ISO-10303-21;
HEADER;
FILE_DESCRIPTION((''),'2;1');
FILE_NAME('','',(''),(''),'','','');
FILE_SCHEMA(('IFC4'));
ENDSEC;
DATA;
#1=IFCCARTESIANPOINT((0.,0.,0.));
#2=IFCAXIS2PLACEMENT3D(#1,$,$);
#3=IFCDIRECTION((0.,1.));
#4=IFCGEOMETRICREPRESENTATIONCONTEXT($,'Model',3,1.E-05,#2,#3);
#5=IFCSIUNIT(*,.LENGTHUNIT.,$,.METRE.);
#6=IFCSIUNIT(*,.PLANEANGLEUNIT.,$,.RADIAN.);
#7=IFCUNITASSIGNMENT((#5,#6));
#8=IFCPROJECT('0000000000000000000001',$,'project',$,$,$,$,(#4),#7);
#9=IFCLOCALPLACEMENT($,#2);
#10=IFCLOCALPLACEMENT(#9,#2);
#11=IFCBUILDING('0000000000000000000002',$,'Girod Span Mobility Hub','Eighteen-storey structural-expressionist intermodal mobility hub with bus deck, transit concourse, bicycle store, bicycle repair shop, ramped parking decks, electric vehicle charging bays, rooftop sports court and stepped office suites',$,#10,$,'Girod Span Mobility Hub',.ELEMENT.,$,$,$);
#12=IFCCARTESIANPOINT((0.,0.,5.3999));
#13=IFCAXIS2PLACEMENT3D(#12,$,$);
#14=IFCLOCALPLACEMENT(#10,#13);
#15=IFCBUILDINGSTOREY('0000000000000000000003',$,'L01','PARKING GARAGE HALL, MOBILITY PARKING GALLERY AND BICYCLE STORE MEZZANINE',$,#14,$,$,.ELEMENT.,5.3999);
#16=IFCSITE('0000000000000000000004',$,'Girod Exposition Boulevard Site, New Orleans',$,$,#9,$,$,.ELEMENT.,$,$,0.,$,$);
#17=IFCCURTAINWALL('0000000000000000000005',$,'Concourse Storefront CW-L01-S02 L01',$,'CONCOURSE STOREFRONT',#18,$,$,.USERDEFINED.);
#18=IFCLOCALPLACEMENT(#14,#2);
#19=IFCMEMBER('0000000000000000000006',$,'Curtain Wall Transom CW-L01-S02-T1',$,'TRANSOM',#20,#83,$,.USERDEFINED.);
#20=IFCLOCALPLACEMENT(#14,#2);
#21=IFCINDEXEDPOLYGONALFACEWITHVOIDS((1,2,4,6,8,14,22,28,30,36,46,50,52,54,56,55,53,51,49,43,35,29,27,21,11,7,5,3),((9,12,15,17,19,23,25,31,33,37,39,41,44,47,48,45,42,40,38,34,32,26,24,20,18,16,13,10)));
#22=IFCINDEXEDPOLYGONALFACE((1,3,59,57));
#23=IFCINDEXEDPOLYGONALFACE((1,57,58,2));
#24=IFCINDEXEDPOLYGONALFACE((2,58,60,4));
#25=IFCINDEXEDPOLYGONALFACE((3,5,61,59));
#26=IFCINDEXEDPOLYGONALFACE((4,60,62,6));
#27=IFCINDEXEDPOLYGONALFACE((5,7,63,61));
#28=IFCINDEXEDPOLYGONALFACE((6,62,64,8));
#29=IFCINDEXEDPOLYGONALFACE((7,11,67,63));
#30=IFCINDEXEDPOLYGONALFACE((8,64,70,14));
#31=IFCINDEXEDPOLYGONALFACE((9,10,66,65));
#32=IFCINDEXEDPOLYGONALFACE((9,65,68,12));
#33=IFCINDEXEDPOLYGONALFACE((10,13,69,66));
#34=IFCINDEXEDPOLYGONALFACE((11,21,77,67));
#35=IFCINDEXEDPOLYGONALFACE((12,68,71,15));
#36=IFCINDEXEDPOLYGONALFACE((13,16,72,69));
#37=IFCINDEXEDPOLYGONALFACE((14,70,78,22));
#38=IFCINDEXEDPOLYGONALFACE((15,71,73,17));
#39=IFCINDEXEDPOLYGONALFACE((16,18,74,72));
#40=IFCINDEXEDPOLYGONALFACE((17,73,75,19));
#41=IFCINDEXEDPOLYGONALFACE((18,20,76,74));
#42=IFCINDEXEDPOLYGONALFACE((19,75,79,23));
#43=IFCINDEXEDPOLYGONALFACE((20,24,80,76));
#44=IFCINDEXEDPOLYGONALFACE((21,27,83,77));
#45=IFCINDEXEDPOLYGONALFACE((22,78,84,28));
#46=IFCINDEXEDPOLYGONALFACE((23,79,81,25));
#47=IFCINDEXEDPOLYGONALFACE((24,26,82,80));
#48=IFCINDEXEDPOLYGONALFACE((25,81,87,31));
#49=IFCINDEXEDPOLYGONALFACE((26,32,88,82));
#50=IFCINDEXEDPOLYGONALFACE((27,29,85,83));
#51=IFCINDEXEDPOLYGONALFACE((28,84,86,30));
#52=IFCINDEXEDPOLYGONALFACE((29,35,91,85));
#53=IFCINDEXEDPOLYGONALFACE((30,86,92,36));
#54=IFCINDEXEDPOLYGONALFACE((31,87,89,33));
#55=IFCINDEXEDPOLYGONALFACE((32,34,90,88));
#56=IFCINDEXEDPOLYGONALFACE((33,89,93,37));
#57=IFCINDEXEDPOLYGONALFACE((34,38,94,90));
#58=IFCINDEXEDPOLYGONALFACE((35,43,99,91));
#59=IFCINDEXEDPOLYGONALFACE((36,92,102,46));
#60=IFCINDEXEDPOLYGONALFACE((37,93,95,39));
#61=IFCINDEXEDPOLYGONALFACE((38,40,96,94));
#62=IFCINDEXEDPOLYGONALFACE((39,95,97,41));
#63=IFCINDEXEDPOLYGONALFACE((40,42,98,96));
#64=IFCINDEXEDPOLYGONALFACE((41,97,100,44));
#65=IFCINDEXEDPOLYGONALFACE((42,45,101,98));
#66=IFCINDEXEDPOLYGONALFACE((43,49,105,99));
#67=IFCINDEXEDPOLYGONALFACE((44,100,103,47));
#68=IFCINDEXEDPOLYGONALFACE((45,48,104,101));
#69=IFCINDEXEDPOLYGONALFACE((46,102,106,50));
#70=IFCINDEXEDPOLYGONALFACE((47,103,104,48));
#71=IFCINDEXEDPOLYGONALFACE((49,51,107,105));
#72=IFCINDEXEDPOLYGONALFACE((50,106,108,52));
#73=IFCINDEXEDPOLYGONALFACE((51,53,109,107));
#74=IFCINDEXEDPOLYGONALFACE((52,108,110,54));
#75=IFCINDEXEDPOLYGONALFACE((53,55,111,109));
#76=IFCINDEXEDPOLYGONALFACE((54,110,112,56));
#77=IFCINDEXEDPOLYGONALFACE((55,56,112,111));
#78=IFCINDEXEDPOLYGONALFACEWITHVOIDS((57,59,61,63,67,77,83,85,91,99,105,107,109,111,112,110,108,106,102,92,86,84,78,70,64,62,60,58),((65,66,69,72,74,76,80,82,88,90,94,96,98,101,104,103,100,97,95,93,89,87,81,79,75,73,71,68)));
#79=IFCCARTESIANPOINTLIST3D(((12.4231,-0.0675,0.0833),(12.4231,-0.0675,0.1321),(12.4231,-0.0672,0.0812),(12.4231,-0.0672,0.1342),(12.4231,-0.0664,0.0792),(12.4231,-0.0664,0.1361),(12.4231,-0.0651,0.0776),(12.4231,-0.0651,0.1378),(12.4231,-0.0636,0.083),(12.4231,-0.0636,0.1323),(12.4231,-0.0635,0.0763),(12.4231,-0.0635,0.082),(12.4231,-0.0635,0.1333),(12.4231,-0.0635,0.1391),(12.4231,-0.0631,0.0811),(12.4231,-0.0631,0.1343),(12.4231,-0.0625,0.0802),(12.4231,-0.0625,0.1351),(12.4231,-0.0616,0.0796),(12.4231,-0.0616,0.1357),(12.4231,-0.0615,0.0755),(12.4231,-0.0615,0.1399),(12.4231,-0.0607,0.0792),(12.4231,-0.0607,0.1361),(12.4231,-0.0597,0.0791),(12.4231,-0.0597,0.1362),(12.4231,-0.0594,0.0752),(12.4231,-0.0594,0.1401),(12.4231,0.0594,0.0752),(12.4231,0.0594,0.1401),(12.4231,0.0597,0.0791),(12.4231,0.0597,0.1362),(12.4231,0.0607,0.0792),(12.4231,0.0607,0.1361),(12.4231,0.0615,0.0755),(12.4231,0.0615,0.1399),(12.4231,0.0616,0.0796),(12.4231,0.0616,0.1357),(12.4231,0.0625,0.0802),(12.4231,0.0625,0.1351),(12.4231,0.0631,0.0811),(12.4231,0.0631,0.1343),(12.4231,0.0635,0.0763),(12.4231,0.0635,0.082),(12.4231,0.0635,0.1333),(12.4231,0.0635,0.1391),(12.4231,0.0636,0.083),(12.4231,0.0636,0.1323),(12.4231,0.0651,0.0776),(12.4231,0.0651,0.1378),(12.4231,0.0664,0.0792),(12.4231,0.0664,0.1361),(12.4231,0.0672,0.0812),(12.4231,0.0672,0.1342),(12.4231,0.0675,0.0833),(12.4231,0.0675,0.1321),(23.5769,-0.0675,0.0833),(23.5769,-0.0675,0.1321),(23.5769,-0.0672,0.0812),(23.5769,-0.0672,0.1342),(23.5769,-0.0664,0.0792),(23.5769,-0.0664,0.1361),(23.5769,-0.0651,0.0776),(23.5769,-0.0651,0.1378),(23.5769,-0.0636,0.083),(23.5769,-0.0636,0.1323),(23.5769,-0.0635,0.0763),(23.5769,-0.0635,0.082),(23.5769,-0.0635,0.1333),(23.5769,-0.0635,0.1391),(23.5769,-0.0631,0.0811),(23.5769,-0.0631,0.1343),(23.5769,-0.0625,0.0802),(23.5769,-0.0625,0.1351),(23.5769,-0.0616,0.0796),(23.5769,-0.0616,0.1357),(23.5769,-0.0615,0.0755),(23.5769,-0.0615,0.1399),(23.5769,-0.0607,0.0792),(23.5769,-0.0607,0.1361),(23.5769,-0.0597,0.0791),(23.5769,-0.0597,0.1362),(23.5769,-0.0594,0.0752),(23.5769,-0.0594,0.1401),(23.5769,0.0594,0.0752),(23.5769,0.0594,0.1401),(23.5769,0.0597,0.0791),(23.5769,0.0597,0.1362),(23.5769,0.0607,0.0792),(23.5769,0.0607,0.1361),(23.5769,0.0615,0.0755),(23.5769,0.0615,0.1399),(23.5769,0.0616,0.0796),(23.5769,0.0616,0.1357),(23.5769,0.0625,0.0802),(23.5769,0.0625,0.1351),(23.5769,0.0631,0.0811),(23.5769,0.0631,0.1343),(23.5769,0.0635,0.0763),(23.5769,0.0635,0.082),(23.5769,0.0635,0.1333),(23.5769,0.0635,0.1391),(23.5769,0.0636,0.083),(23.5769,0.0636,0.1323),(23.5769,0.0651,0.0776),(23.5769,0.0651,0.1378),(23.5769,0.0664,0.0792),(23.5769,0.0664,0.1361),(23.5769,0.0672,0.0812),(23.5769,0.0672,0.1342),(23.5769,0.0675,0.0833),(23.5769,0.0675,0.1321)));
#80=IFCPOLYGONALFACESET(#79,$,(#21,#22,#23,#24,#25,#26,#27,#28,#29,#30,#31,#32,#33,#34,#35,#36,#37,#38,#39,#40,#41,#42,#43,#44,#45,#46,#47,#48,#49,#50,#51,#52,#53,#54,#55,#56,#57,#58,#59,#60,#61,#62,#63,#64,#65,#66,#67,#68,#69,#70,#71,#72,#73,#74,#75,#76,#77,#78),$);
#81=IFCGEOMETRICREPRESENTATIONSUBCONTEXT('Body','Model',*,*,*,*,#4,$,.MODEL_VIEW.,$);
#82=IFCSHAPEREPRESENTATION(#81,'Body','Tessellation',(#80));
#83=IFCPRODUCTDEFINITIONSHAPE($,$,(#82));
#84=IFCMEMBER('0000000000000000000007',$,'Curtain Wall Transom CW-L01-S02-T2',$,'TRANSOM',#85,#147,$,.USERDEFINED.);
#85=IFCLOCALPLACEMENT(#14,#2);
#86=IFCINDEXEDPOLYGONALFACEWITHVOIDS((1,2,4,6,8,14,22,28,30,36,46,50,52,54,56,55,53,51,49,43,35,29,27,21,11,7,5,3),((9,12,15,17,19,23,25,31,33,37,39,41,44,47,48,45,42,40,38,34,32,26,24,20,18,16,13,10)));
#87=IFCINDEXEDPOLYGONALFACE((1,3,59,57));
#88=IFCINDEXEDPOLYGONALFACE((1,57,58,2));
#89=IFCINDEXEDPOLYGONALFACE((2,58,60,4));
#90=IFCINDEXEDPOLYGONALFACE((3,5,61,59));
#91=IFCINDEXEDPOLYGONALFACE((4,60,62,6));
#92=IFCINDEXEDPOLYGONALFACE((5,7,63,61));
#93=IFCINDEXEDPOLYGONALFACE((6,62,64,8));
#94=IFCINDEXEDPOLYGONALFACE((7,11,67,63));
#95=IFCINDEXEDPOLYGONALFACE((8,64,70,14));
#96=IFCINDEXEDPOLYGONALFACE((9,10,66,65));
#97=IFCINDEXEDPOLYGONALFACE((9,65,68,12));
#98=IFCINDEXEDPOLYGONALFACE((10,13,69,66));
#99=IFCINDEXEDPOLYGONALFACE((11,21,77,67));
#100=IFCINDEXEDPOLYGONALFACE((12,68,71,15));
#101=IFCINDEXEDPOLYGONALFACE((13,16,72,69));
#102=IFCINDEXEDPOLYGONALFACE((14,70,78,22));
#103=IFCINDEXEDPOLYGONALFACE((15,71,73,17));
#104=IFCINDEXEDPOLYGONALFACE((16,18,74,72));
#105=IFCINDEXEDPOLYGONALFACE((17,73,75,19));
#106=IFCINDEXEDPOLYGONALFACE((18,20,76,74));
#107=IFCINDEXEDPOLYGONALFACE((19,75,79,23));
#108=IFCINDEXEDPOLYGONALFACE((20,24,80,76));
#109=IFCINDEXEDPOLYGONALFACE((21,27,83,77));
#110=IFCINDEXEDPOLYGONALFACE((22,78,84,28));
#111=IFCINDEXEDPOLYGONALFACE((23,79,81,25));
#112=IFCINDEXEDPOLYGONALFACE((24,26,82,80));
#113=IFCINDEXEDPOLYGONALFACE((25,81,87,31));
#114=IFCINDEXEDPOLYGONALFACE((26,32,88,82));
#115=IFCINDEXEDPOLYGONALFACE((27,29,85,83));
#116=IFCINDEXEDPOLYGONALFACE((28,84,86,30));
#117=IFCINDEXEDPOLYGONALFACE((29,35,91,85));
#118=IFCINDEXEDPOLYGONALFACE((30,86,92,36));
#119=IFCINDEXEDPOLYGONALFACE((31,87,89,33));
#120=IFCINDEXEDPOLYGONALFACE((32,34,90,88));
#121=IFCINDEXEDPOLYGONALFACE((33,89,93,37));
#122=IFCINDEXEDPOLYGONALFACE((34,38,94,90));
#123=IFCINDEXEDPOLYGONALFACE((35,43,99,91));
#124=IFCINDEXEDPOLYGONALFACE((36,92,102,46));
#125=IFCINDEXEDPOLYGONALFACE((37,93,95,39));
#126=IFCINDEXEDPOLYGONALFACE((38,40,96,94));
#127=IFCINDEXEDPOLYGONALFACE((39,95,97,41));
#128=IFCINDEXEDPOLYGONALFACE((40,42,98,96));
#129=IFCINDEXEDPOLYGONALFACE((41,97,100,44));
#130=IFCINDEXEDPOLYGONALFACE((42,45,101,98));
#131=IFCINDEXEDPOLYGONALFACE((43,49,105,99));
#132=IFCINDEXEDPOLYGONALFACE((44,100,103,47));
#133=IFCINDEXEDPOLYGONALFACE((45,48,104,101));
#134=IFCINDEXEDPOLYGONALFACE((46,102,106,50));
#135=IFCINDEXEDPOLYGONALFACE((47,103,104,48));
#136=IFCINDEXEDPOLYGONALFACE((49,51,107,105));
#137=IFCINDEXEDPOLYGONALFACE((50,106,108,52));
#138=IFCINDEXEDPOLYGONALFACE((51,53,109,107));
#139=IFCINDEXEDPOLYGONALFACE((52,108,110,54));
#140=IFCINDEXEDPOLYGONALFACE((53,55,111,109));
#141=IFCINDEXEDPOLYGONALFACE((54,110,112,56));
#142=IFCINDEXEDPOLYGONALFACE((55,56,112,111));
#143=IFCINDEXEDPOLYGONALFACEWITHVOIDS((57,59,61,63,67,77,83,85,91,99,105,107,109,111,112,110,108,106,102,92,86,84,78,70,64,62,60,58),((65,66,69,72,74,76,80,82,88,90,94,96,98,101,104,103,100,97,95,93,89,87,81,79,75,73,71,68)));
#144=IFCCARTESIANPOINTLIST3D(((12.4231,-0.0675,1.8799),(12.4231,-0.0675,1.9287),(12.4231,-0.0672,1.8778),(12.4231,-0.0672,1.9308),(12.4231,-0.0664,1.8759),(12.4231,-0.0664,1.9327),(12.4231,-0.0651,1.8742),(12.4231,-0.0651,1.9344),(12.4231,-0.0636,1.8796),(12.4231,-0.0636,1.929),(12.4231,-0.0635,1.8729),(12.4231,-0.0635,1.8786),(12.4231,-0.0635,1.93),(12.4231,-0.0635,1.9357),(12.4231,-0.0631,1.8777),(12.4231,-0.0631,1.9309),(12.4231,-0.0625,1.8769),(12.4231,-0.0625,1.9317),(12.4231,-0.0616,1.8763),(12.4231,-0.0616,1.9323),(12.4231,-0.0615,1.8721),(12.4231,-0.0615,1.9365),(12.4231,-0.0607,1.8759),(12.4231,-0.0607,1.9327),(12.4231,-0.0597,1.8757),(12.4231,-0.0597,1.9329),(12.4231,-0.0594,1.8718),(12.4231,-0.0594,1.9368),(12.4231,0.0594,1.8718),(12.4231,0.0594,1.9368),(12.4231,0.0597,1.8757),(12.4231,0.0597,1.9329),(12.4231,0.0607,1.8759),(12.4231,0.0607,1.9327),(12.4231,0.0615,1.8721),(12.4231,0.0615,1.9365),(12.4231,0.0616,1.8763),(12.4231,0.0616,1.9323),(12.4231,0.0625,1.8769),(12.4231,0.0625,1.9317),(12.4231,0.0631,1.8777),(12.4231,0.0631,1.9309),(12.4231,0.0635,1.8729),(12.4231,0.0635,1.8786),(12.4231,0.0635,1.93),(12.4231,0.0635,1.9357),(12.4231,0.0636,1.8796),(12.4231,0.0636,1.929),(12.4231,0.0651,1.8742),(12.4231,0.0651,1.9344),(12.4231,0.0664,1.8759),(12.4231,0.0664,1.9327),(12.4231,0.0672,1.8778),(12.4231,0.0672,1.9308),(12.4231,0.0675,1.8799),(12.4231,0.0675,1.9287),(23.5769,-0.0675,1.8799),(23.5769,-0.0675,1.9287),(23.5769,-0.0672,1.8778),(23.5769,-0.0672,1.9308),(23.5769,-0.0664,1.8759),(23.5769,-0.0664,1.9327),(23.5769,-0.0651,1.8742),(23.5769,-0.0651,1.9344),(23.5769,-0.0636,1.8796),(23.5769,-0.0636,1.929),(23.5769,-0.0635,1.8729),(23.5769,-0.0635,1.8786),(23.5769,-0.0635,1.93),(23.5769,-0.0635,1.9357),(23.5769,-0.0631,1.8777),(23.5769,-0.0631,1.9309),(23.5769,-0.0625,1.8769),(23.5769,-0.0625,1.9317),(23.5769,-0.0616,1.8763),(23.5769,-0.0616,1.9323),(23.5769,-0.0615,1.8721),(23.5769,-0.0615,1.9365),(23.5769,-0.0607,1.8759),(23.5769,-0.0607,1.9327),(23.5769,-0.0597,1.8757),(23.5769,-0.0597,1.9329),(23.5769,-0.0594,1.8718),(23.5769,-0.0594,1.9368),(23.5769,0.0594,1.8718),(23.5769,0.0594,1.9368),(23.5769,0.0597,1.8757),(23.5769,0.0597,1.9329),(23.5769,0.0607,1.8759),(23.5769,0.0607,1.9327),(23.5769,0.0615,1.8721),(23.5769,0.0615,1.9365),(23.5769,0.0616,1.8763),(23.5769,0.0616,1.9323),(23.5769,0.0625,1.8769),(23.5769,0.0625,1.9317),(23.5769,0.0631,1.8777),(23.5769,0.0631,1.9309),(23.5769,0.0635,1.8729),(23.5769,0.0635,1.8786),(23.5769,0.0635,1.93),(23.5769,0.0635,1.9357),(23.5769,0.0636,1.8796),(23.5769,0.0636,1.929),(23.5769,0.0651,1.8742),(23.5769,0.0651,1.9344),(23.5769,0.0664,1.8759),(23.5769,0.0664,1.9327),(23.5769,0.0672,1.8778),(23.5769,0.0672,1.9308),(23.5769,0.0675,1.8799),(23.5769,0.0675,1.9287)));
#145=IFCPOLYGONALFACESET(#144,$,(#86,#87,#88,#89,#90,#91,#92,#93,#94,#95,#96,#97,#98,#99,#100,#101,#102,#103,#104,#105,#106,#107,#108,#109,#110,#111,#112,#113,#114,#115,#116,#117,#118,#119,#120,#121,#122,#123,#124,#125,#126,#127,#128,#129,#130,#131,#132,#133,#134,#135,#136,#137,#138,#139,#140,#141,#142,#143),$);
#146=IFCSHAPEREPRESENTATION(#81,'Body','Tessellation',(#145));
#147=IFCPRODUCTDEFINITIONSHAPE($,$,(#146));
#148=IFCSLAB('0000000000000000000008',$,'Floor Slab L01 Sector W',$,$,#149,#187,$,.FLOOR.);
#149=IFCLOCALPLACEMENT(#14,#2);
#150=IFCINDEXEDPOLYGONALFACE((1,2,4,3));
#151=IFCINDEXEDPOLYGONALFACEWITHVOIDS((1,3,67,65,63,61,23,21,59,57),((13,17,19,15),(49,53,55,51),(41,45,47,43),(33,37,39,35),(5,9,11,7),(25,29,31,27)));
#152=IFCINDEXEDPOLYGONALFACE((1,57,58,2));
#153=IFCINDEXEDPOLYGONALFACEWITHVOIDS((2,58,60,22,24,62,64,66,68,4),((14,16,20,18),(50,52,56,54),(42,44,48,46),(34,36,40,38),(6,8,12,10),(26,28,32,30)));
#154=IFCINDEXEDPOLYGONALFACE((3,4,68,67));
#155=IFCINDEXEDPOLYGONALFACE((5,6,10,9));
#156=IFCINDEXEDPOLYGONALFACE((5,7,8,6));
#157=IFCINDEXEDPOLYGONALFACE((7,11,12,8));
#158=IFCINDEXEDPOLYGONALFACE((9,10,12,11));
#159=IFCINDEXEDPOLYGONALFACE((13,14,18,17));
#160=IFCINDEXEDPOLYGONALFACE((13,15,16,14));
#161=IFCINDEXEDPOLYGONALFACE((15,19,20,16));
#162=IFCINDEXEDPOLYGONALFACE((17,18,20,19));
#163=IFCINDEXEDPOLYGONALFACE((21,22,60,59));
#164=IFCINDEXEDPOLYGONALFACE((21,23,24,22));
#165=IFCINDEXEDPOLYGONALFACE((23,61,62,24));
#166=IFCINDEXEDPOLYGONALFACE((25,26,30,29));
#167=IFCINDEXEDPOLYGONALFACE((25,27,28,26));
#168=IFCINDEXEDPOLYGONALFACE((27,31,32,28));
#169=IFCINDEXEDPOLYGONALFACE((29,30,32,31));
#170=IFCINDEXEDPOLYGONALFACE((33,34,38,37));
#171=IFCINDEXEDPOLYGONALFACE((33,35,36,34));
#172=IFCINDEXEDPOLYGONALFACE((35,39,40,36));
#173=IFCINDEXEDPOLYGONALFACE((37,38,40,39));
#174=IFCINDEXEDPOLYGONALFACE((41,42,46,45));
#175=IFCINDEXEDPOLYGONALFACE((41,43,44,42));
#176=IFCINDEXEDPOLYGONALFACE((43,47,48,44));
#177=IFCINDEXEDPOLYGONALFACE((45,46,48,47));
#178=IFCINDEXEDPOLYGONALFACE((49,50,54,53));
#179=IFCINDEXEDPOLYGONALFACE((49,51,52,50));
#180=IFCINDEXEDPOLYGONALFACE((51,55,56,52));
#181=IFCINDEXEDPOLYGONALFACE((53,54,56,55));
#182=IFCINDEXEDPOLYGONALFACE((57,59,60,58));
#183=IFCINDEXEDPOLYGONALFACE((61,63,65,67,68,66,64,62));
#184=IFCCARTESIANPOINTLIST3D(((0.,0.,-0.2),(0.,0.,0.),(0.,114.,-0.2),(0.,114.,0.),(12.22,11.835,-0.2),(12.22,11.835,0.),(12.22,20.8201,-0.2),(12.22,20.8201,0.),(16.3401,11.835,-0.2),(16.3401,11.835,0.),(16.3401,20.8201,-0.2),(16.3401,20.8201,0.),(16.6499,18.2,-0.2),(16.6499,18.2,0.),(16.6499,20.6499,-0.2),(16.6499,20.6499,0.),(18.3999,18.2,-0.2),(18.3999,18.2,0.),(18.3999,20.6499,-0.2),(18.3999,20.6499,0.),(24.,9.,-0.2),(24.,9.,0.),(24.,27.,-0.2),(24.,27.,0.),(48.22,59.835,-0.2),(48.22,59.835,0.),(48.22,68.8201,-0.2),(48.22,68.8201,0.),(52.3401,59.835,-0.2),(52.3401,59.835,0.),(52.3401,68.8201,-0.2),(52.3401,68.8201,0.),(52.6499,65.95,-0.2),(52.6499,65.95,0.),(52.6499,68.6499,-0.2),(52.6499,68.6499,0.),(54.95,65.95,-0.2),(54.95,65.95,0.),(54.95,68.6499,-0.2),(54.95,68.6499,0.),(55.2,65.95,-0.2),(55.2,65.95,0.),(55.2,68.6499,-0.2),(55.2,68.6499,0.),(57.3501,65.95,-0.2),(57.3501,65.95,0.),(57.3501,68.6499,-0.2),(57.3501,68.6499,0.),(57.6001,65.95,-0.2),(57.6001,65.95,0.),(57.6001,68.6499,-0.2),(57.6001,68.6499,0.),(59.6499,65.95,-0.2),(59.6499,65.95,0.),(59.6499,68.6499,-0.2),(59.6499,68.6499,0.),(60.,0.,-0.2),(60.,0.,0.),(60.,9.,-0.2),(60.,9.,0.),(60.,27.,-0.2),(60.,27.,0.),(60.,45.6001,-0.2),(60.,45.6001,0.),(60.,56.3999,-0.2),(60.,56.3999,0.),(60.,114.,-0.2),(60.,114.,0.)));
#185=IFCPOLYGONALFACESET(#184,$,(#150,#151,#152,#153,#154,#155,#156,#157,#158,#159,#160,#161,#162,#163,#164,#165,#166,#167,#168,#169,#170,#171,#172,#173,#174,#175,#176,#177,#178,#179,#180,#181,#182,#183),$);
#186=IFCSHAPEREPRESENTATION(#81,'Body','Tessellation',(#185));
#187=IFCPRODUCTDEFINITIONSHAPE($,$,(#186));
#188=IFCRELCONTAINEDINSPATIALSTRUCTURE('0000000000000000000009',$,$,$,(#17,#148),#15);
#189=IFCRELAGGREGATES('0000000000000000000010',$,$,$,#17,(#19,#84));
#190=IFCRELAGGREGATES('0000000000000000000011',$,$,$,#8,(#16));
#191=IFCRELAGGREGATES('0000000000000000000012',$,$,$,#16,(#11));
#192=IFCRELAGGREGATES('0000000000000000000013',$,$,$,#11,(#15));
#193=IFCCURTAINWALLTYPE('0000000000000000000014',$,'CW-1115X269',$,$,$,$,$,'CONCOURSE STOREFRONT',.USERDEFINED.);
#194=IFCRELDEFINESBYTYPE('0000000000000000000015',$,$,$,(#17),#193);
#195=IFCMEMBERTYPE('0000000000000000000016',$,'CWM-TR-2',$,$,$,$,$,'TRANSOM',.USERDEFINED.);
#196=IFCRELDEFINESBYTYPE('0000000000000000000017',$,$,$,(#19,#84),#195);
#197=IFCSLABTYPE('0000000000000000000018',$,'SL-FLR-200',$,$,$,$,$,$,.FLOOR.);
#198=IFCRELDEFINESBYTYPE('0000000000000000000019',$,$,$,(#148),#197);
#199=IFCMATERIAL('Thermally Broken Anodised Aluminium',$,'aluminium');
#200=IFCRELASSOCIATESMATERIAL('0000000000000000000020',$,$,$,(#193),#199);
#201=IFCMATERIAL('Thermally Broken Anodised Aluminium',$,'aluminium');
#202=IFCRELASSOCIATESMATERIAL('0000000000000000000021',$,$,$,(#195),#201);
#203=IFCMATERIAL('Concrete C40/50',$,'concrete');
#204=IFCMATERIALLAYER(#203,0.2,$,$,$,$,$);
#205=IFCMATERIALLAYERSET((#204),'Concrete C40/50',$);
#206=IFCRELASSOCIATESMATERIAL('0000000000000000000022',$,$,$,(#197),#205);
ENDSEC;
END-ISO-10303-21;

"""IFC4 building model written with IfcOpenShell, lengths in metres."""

from ifc_helpers import new_model, si_unit, direction, frame, origin, origin_2d, place, context, subcontext, project, spatial, polyline, hollow_rectangle, outline, extrude, material, layer, layer_set, material_profile, profile_set, type_object, element, aggregate, save


model = new_model("IFC4")

# Units and contexts
model_context = context("Model", 3, precision=1e-05, world=origin(), true_north=direction((0.0, 1.0)))
body_context = subcontext(model_context, "Body", "Model", "MODEL_VIEW")
ifc_project = project(units=[si_unit("LENGTHUNIT", "METRE"), si_unit("PLANEANGLEUNIT", "RADIAN")], contexts=[model_context])

# Site, building, storey
site_placement = place(None, origin())
site = spatial("IfcSite", under=ifc_project, at=site_placement, Name="Girod Exposition Boulevard Site, New Orleans", CompositionType="ELEMENT", RefElevation=0.0)
building_placement = place(site_placement, origin())
building = spatial("IfcBuilding", under=site, at=building_placement, Name="Girod Span Mobility Hub", Description="Eighteen-storey structural-expressionist intermodal mobility hub with bus deck, transit concourse, bicycle store, bicycle repair shop, ramped parking decks, electric vehicle charging bays, rooftop sports court and stepped office suites", LongName="Girod Span Mobility Hub", CompositionType="ELEMENT")
storey_placement = place(building_placement, frame((0.0, 0.0, 5.3999)))
storey = spatial("IfcBuildingStorey", under=building, at=storey_placement, Name="L01", Description="PARKING GARAGE HALL, MOBILITY PARKING GALLERY AND BICYCLE STORE MEZZANINE", CompositionType="ELEMENT", Elevation=5.3999)

# Curtain wall, members
ifc_material_1 = material(Name="Thermally Broken Anodised Aluminium", Category="aluminium")
curtain_wall_type = type_object("IfcCurtainWallType", Name="CW-1115X269", ElementType="CONCOURSE STOREFRONT", PredefinedType="USERDEFINED", material=ifc_material_1)
curtain_wall_placement = place(storey_placement, origin())
curtain_wall = element("IfcCurtainWall", 1, at=curtain_wall_placement, inside=storey, type_object=curtain_wall_type, Name="Concourse Storefront CW-L01-S02 L01", ObjectType="CONCOURSE STOREFRONT", PredefinedType="USERDEFINED")
ifc_material_2 = material(Name="Thermally Broken Anodised Aluminium", Category="aluminium")
ifc_material_profile_1 = material_profile(ifc_material_2, hollow_rectangle(XDim=0.135, YDim=0.0649, WallThickness=0.0039, InnerFilletRadius=0.0039, OuterFilletRadius=0.0081, at=origin_2d()), Name="CW-TR-65X135")
ifc_profile_set_1 = profile_set([ifc_material_profile_1], Name="Thermally Broken Anodised Aluminium")
member_type = type_object("IfcMemberType", Name="CWM-TR-2", ElementType="TRANSOM", PredefinedType="USERDEFINED", material=ifc_profile_set_1)
member_1_placement = place(storey_placement, frame((12.4231, 0.0, 0.1077), z_axis=(1.0, 0.0, 0.0), x_axis=(0.0, 1.0, 0.0)))
member_1 = element("IfcMember", 2, at=member_1_placement, type_object=member_type, Name="Curtain Wall Transom CW-L01-S02-T1", ObjectType="TRANSOM", PredefinedType="USERDEFINED", context=body_context, shape_type="SweptSolid", body=[
    extrude(hollow_rectangle(XDim=0.135, YDim=0.0649, WallThickness=0.0039, InnerFilletRadius=0.0039, OuterFilletRadius=0.0081, at=origin_2d()), origin(), (0.0, 0.0, 1.0), 11.1538),
])
member_2_placement = place(storey_placement, frame((12.4231, 0.0, 1.9043), z_axis=(1.0, 0.0, 0.0), x_axis=(0.0, 1.0, 0.0)))
member_2 = element("IfcMember", 3, at=member_2_placement, type_object=member_type, Name="Curtain Wall Transom CW-L01-S02-T2", ObjectType="TRANSOM", PredefinedType="USERDEFINED", context=body_context, shape_type="SweptSolid", body=[
    extrude(hollow_rectangle(XDim=0.135, YDim=0.0649, WallThickness=0.0039, InnerFilletRadius=0.0039, OuterFilletRadius=0.0081, at=origin_2d()), origin(), (0.0, 0.0, 1.0), 11.1538),
])
aggregate(curtain_wall, [member_1, member_2])

# Slab
ifc_material_3 = material(Name="Concrete C40/50", Category="concrete")
ifc_layer_1 = layer(ifc_material_3, 0.2)
ifc_layer_set_1 = layer_set([ifc_layer_1], Name="Concrete C40/50")
slab_type_1 = type_object("IfcSlabType", Name="SL-FLR-200", PredefinedType="FLOOR", material=ifc_layer_set_1)
slab_1_placement = place(storey_placement, frame((0.0, 0.0, -0.2)))
element("IfcSlab", 4, at=slab_1_placement, inside=storey, type_object=slab_type_1, Name="Floor Slab L01 Sector W", PredefinedType="FLOOR", context=body_context, shape_type="SweptSolid", body=[
    extrude(outline(polyline([(0.0, 114.0), (60.0, 114.0), (60.0, 56.3999), (60.0, 45.6001), (60.0, 27.0), (24.0, 27.0), (24.0, 9.0), (60.0, 9.0), (60.0, 0.0), (0.0, 0.0), (0.0, 114.0)]), holes=[polyline([(12.22, 20.8201), (12.22, 11.835), (16.3401, 11.835), (16.3401, 20.8201), (12.22, 20.8201)]), polyline([(16.6499, 20.6499), (16.6499, 18.2), (18.3999, 18.2), (18.3999, 20.6499), (16.6499, 20.6499)]), polyline([(52.3401, 68.8201), (48.22, 68.8201), (48.22, 59.835), (52.3401, 59.835), (52.3401, 68.8201)]), polyline([(52.6499, 68.6499), (52.6499, 65.95), (54.95, 65.95), (54.95, 68.6499), (52.6499, 68.6499)]), polyline([(55.2, 68.6499), (55.2, 65.95), (57.3501, 65.95), (57.3501, 68.6499), (55.2, 68.6499)]), polyline([(59.6499, 68.6499), (57.6001, 68.6499), (57.6001, 65.95), (59.6499, 65.95), (59.6499, 68.6499)])]), origin(), (0.0, 0.0, 1.0), 0.2),
])

save(model, "model.ifc")
